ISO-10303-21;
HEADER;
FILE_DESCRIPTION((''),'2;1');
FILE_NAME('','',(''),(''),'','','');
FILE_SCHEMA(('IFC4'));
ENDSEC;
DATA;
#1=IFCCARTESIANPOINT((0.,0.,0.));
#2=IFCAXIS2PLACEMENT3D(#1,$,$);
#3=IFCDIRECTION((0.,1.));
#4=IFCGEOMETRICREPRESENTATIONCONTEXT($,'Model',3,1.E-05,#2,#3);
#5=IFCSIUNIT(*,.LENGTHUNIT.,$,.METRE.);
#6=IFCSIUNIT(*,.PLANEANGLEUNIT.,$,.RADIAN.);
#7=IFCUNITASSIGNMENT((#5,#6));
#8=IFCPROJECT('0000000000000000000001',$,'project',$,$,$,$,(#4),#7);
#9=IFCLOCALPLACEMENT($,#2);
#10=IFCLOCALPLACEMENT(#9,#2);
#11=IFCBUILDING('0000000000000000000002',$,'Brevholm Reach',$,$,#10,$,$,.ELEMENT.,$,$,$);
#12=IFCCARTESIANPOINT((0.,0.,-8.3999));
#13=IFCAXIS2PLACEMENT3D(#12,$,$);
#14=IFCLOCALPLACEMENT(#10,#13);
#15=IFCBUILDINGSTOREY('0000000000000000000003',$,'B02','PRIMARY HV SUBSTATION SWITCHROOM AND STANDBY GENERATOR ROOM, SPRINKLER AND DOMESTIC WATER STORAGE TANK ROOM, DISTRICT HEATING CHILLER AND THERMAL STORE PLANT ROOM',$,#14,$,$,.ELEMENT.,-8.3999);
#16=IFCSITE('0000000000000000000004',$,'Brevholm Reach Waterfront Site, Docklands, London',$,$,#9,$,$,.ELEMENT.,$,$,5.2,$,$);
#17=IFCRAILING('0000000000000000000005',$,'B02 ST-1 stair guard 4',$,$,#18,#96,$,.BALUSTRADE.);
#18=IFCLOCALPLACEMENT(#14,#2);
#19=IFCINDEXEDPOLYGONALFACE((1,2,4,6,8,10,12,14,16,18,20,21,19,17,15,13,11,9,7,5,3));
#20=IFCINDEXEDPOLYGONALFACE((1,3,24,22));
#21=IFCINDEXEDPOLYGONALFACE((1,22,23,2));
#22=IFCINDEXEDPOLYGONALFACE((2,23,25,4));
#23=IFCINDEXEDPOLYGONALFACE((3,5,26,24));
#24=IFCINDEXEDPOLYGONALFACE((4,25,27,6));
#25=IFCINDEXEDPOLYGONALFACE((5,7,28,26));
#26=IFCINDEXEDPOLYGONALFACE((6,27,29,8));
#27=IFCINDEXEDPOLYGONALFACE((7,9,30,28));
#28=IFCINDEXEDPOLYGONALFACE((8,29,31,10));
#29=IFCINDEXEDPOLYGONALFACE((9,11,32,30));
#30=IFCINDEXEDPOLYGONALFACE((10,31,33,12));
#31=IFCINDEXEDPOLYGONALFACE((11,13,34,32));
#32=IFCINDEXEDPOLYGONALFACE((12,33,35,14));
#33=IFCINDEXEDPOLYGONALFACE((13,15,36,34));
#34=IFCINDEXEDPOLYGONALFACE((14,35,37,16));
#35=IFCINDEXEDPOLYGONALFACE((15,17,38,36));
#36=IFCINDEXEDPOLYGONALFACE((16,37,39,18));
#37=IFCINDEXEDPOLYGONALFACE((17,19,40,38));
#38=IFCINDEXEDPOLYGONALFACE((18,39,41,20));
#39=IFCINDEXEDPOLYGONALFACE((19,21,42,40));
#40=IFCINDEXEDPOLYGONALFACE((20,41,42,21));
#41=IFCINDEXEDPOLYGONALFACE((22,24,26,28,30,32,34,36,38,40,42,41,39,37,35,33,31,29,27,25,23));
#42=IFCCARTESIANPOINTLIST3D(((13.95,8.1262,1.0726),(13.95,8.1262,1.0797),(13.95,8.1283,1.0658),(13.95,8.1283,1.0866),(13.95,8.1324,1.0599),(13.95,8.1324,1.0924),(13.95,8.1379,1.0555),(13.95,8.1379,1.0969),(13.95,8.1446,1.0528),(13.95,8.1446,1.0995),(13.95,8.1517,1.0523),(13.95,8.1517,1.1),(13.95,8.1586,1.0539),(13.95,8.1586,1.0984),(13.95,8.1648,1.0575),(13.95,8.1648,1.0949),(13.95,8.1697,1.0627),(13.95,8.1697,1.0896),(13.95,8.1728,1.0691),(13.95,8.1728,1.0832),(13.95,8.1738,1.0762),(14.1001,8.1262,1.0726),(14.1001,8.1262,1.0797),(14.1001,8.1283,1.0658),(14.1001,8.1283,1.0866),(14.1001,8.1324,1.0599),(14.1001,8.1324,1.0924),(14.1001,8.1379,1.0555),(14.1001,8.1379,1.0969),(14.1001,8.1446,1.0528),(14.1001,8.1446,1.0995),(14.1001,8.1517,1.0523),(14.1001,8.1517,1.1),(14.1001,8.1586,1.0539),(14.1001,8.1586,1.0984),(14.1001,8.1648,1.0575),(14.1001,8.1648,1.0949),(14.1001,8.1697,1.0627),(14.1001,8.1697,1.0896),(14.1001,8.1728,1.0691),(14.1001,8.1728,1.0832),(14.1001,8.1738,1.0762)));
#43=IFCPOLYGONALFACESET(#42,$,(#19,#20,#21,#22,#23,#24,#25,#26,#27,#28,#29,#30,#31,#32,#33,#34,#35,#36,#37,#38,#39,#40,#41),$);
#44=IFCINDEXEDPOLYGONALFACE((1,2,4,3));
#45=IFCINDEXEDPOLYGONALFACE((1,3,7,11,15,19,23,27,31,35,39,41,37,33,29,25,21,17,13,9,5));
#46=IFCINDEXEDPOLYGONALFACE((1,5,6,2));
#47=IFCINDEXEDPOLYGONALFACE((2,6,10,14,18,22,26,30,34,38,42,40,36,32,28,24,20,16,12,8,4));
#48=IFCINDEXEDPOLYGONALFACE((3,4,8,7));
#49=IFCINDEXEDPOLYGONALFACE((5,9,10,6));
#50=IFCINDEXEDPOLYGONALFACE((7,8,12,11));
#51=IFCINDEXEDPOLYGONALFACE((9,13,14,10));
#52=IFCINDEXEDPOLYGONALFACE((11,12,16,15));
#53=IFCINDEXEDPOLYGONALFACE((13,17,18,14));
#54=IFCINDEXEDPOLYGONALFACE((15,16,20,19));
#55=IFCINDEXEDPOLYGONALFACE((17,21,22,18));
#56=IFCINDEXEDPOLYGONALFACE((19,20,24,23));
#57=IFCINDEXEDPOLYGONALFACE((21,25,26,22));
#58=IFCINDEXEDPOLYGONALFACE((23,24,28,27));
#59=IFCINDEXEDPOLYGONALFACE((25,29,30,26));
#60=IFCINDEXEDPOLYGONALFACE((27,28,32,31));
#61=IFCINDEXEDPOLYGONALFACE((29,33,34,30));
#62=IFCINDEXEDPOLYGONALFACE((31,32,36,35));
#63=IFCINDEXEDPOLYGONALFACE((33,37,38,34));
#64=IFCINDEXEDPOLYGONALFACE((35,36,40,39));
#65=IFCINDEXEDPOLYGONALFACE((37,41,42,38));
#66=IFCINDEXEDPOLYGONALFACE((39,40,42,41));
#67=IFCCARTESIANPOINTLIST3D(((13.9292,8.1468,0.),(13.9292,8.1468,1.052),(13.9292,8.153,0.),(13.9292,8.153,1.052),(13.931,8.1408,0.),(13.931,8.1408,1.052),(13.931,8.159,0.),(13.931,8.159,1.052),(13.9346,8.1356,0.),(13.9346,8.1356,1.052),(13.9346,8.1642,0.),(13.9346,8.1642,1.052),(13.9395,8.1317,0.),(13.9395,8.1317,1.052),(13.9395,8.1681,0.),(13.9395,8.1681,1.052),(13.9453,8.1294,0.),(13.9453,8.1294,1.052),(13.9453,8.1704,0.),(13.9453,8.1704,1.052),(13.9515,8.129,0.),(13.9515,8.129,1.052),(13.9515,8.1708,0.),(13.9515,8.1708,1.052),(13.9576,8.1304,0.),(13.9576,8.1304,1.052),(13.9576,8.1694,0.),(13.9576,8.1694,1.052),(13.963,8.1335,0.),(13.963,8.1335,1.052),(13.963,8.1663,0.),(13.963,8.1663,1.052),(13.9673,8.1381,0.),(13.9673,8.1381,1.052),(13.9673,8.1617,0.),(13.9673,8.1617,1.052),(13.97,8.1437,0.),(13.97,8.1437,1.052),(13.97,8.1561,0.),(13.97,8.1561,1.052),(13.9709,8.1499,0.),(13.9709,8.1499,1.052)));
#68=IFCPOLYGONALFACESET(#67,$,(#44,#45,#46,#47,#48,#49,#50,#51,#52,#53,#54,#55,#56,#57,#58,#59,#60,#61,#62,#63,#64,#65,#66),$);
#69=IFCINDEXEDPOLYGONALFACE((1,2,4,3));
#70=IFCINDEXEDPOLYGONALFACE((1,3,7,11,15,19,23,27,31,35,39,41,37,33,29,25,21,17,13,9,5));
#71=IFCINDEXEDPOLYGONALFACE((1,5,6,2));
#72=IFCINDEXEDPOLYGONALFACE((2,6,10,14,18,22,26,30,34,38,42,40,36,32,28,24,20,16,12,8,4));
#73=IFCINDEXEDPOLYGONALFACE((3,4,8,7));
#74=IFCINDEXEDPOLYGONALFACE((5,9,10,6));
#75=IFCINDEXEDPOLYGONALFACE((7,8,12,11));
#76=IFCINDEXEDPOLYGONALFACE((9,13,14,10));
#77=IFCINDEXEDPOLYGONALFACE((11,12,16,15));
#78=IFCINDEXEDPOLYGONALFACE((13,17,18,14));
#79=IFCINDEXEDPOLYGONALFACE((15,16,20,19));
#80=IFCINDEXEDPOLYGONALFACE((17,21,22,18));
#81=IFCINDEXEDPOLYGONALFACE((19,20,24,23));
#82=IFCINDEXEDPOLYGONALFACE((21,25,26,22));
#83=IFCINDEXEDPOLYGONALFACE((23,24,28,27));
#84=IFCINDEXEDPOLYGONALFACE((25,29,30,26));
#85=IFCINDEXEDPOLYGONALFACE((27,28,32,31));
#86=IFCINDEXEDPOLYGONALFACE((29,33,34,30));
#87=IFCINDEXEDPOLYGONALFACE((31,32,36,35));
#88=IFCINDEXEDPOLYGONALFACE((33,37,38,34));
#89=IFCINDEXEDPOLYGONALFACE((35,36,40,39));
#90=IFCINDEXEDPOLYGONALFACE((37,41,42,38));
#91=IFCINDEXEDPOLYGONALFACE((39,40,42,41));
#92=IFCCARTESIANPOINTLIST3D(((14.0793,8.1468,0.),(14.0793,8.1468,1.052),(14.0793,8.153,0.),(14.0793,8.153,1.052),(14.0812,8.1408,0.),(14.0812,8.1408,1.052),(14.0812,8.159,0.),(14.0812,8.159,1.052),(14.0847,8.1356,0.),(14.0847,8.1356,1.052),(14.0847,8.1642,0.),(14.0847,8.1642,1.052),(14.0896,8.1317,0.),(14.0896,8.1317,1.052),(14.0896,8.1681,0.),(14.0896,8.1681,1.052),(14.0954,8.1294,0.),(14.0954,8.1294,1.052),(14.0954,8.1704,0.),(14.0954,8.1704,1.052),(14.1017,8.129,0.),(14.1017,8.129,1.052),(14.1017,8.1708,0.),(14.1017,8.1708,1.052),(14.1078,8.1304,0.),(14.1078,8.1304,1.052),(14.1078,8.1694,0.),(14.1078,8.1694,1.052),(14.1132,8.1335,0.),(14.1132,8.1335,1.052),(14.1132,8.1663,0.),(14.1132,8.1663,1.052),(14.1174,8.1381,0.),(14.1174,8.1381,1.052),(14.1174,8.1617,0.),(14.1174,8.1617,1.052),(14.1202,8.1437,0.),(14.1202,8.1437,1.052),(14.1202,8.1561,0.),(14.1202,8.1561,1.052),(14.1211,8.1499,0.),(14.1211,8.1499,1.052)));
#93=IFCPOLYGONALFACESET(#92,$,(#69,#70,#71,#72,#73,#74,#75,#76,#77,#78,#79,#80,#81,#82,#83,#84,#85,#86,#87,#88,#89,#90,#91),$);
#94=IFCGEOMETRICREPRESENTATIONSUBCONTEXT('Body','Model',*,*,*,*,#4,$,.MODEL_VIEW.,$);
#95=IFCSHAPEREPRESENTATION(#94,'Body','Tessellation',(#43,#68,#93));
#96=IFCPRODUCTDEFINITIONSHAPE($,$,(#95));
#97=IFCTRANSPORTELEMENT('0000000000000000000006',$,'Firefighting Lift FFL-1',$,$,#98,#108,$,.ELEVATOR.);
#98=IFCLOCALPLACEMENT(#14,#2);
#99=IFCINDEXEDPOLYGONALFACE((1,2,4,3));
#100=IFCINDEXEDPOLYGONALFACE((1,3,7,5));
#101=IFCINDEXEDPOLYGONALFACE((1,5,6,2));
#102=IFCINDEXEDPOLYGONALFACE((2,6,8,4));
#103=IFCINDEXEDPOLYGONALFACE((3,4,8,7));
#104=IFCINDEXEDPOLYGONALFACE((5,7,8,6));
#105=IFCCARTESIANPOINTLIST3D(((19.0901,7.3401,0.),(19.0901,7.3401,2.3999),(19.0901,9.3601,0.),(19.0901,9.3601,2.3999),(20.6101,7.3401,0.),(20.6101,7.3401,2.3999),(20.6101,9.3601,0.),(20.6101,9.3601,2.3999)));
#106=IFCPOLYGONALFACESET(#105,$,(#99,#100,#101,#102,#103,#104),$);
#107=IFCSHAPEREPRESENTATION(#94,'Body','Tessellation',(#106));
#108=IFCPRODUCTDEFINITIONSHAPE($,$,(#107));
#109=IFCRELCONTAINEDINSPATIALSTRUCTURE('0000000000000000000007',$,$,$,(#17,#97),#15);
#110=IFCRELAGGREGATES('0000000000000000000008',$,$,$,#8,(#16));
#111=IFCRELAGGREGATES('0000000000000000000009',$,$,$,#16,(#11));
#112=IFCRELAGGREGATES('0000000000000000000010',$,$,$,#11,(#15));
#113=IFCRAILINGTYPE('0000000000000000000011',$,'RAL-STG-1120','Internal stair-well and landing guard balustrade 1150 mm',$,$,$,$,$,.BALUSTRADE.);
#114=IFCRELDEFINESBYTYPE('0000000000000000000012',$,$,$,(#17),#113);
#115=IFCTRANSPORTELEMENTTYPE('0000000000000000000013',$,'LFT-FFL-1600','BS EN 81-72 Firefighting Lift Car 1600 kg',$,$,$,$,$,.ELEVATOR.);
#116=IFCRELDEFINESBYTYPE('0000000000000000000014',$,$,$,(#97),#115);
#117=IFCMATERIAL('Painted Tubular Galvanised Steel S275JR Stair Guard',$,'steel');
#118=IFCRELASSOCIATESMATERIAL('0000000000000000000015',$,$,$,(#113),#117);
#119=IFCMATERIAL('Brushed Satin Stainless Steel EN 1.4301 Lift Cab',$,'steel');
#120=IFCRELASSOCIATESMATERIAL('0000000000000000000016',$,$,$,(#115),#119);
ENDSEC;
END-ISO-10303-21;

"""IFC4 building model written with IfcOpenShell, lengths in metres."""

from ifc_helpers import new_model, si_unit, direction, frame, origin, origin_2d, place, context, subcontext, project, spatial, rectangle, circle, extrude, material, type_object, element, save


model = new_model("IFC4")

# Units and contexts
model_context = context("Model", 3, precision=1e-05, world=origin(), true_north=direction((0.0, 1.0)))
body_context = subcontext(model_context, "Body", "Model", "MODEL_VIEW")
ifc_project = project(units=[si_unit("LENGTHUNIT", "METRE"), si_unit("PLANEANGLEUNIT", "RADIAN")], contexts=[model_context])

# Site, building, storey
site_placement = place(None, origin())
site = spatial("IfcSite", under=ifc_project, at=site_placement, Name="Brevholm Reach Waterfront Site, Docklands, London", CompositionType="ELEMENT", RefElevation=5.2)
building_placement = place(site_placement, origin())
building = spatial("IfcBuilding", under=site, at=building_placement, Name="Brevholm Reach", CompositionType="ELEMENT")
storey_placement = place(building_placement, frame((0.0, 0.0, -8.3999)))
storey = spatial("IfcBuildingStorey", under=building, at=storey_placement, Name="B02", Description="PRIMARY HV SUBSTATION SWITCHROOM AND STANDBY GENERATOR ROOM, SPRINKLER AND DOMESTIC WATER STORAGE TANK ROOM, DISTRICT HEATING CHILLER AND THERMAL STORE PLANT ROOM", CompositionType="ELEMENT", Elevation=-8.3999)

# Railing
ifc_material_1 = material(Name="Painted Tubular Galvanised Steel S275JR Stair Guard", Category="steel")
railing_type_1 = type_object("IfcRailingType", Name="RAL-STG-1120", Description="Internal stair-well and landing guard balustrade 1150 mm", PredefinedType="BALUSTRADE", material=ifc_material_1)
railing_1_placement = place(storey_placement, frame((13.95, 8.1499, 0.0)))
element("IfcRailing", 1, at=railing_1_placement, inside=storey, type_object=railing_type_1, Name="B02 ST-1 stair guard 4", PredefinedType="BALUSTRADE", context=body_context, shape_type="SweptSolid", body=[
    extrude(circle(Radius=0.0239, at=origin_2d()), frame((0.0, 0.0, 1.0762), z_axis=(1.0, 0.0, 0.0), x_axis=(0.0, 1.0, 0.0)), (0.0, 0.0, 1.0), 0.1501),
    extrude(circle(Radius=0.021, at=origin_2d()), origin(), (0.0, 0.0, 1.0), 1.052),
    extrude(circle(Radius=0.021, at=origin_2d()), frame((0.1501, 0.0, 0.0)), (0.0, 0.0, 1.0), 1.052),
])

# Transport element
ifc_material_2 = material(Name="Brushed Satin Stainless Steel EN 1.4301 Lift Cab", Category="steel")
transport_element_type = type_object("IfcTransportElementType", Name="LFT-FFL-1600", Description="BS EN 81-72 Firefighting Lift Car 1600 kg", PredefinedType="ELEVATOR", material=ifc_material_2)
transport_element_placement = place(storey_placement, frame((19.8501, 8.3501, 0.0), z_axis=(0.0, 0.0, 1.0), x_axis=(1.0, 0.0, 0.0)))
element("IfcTransportElement", 2, at=transport_element_placement, inside=storey, type_object=transport_element_type, Name="Firefighting Lift FFL-1", PredefinedType="ELEVATOR", context=body_context, shape_type="SweptSolid", body=[
    extrude(rectangle(XDim=1.52, YDim=2.02, at=origin_2d()), origin(), (0.0, 0.0, 1.0), 2.3999),
])

save(model, "model.ifc")
